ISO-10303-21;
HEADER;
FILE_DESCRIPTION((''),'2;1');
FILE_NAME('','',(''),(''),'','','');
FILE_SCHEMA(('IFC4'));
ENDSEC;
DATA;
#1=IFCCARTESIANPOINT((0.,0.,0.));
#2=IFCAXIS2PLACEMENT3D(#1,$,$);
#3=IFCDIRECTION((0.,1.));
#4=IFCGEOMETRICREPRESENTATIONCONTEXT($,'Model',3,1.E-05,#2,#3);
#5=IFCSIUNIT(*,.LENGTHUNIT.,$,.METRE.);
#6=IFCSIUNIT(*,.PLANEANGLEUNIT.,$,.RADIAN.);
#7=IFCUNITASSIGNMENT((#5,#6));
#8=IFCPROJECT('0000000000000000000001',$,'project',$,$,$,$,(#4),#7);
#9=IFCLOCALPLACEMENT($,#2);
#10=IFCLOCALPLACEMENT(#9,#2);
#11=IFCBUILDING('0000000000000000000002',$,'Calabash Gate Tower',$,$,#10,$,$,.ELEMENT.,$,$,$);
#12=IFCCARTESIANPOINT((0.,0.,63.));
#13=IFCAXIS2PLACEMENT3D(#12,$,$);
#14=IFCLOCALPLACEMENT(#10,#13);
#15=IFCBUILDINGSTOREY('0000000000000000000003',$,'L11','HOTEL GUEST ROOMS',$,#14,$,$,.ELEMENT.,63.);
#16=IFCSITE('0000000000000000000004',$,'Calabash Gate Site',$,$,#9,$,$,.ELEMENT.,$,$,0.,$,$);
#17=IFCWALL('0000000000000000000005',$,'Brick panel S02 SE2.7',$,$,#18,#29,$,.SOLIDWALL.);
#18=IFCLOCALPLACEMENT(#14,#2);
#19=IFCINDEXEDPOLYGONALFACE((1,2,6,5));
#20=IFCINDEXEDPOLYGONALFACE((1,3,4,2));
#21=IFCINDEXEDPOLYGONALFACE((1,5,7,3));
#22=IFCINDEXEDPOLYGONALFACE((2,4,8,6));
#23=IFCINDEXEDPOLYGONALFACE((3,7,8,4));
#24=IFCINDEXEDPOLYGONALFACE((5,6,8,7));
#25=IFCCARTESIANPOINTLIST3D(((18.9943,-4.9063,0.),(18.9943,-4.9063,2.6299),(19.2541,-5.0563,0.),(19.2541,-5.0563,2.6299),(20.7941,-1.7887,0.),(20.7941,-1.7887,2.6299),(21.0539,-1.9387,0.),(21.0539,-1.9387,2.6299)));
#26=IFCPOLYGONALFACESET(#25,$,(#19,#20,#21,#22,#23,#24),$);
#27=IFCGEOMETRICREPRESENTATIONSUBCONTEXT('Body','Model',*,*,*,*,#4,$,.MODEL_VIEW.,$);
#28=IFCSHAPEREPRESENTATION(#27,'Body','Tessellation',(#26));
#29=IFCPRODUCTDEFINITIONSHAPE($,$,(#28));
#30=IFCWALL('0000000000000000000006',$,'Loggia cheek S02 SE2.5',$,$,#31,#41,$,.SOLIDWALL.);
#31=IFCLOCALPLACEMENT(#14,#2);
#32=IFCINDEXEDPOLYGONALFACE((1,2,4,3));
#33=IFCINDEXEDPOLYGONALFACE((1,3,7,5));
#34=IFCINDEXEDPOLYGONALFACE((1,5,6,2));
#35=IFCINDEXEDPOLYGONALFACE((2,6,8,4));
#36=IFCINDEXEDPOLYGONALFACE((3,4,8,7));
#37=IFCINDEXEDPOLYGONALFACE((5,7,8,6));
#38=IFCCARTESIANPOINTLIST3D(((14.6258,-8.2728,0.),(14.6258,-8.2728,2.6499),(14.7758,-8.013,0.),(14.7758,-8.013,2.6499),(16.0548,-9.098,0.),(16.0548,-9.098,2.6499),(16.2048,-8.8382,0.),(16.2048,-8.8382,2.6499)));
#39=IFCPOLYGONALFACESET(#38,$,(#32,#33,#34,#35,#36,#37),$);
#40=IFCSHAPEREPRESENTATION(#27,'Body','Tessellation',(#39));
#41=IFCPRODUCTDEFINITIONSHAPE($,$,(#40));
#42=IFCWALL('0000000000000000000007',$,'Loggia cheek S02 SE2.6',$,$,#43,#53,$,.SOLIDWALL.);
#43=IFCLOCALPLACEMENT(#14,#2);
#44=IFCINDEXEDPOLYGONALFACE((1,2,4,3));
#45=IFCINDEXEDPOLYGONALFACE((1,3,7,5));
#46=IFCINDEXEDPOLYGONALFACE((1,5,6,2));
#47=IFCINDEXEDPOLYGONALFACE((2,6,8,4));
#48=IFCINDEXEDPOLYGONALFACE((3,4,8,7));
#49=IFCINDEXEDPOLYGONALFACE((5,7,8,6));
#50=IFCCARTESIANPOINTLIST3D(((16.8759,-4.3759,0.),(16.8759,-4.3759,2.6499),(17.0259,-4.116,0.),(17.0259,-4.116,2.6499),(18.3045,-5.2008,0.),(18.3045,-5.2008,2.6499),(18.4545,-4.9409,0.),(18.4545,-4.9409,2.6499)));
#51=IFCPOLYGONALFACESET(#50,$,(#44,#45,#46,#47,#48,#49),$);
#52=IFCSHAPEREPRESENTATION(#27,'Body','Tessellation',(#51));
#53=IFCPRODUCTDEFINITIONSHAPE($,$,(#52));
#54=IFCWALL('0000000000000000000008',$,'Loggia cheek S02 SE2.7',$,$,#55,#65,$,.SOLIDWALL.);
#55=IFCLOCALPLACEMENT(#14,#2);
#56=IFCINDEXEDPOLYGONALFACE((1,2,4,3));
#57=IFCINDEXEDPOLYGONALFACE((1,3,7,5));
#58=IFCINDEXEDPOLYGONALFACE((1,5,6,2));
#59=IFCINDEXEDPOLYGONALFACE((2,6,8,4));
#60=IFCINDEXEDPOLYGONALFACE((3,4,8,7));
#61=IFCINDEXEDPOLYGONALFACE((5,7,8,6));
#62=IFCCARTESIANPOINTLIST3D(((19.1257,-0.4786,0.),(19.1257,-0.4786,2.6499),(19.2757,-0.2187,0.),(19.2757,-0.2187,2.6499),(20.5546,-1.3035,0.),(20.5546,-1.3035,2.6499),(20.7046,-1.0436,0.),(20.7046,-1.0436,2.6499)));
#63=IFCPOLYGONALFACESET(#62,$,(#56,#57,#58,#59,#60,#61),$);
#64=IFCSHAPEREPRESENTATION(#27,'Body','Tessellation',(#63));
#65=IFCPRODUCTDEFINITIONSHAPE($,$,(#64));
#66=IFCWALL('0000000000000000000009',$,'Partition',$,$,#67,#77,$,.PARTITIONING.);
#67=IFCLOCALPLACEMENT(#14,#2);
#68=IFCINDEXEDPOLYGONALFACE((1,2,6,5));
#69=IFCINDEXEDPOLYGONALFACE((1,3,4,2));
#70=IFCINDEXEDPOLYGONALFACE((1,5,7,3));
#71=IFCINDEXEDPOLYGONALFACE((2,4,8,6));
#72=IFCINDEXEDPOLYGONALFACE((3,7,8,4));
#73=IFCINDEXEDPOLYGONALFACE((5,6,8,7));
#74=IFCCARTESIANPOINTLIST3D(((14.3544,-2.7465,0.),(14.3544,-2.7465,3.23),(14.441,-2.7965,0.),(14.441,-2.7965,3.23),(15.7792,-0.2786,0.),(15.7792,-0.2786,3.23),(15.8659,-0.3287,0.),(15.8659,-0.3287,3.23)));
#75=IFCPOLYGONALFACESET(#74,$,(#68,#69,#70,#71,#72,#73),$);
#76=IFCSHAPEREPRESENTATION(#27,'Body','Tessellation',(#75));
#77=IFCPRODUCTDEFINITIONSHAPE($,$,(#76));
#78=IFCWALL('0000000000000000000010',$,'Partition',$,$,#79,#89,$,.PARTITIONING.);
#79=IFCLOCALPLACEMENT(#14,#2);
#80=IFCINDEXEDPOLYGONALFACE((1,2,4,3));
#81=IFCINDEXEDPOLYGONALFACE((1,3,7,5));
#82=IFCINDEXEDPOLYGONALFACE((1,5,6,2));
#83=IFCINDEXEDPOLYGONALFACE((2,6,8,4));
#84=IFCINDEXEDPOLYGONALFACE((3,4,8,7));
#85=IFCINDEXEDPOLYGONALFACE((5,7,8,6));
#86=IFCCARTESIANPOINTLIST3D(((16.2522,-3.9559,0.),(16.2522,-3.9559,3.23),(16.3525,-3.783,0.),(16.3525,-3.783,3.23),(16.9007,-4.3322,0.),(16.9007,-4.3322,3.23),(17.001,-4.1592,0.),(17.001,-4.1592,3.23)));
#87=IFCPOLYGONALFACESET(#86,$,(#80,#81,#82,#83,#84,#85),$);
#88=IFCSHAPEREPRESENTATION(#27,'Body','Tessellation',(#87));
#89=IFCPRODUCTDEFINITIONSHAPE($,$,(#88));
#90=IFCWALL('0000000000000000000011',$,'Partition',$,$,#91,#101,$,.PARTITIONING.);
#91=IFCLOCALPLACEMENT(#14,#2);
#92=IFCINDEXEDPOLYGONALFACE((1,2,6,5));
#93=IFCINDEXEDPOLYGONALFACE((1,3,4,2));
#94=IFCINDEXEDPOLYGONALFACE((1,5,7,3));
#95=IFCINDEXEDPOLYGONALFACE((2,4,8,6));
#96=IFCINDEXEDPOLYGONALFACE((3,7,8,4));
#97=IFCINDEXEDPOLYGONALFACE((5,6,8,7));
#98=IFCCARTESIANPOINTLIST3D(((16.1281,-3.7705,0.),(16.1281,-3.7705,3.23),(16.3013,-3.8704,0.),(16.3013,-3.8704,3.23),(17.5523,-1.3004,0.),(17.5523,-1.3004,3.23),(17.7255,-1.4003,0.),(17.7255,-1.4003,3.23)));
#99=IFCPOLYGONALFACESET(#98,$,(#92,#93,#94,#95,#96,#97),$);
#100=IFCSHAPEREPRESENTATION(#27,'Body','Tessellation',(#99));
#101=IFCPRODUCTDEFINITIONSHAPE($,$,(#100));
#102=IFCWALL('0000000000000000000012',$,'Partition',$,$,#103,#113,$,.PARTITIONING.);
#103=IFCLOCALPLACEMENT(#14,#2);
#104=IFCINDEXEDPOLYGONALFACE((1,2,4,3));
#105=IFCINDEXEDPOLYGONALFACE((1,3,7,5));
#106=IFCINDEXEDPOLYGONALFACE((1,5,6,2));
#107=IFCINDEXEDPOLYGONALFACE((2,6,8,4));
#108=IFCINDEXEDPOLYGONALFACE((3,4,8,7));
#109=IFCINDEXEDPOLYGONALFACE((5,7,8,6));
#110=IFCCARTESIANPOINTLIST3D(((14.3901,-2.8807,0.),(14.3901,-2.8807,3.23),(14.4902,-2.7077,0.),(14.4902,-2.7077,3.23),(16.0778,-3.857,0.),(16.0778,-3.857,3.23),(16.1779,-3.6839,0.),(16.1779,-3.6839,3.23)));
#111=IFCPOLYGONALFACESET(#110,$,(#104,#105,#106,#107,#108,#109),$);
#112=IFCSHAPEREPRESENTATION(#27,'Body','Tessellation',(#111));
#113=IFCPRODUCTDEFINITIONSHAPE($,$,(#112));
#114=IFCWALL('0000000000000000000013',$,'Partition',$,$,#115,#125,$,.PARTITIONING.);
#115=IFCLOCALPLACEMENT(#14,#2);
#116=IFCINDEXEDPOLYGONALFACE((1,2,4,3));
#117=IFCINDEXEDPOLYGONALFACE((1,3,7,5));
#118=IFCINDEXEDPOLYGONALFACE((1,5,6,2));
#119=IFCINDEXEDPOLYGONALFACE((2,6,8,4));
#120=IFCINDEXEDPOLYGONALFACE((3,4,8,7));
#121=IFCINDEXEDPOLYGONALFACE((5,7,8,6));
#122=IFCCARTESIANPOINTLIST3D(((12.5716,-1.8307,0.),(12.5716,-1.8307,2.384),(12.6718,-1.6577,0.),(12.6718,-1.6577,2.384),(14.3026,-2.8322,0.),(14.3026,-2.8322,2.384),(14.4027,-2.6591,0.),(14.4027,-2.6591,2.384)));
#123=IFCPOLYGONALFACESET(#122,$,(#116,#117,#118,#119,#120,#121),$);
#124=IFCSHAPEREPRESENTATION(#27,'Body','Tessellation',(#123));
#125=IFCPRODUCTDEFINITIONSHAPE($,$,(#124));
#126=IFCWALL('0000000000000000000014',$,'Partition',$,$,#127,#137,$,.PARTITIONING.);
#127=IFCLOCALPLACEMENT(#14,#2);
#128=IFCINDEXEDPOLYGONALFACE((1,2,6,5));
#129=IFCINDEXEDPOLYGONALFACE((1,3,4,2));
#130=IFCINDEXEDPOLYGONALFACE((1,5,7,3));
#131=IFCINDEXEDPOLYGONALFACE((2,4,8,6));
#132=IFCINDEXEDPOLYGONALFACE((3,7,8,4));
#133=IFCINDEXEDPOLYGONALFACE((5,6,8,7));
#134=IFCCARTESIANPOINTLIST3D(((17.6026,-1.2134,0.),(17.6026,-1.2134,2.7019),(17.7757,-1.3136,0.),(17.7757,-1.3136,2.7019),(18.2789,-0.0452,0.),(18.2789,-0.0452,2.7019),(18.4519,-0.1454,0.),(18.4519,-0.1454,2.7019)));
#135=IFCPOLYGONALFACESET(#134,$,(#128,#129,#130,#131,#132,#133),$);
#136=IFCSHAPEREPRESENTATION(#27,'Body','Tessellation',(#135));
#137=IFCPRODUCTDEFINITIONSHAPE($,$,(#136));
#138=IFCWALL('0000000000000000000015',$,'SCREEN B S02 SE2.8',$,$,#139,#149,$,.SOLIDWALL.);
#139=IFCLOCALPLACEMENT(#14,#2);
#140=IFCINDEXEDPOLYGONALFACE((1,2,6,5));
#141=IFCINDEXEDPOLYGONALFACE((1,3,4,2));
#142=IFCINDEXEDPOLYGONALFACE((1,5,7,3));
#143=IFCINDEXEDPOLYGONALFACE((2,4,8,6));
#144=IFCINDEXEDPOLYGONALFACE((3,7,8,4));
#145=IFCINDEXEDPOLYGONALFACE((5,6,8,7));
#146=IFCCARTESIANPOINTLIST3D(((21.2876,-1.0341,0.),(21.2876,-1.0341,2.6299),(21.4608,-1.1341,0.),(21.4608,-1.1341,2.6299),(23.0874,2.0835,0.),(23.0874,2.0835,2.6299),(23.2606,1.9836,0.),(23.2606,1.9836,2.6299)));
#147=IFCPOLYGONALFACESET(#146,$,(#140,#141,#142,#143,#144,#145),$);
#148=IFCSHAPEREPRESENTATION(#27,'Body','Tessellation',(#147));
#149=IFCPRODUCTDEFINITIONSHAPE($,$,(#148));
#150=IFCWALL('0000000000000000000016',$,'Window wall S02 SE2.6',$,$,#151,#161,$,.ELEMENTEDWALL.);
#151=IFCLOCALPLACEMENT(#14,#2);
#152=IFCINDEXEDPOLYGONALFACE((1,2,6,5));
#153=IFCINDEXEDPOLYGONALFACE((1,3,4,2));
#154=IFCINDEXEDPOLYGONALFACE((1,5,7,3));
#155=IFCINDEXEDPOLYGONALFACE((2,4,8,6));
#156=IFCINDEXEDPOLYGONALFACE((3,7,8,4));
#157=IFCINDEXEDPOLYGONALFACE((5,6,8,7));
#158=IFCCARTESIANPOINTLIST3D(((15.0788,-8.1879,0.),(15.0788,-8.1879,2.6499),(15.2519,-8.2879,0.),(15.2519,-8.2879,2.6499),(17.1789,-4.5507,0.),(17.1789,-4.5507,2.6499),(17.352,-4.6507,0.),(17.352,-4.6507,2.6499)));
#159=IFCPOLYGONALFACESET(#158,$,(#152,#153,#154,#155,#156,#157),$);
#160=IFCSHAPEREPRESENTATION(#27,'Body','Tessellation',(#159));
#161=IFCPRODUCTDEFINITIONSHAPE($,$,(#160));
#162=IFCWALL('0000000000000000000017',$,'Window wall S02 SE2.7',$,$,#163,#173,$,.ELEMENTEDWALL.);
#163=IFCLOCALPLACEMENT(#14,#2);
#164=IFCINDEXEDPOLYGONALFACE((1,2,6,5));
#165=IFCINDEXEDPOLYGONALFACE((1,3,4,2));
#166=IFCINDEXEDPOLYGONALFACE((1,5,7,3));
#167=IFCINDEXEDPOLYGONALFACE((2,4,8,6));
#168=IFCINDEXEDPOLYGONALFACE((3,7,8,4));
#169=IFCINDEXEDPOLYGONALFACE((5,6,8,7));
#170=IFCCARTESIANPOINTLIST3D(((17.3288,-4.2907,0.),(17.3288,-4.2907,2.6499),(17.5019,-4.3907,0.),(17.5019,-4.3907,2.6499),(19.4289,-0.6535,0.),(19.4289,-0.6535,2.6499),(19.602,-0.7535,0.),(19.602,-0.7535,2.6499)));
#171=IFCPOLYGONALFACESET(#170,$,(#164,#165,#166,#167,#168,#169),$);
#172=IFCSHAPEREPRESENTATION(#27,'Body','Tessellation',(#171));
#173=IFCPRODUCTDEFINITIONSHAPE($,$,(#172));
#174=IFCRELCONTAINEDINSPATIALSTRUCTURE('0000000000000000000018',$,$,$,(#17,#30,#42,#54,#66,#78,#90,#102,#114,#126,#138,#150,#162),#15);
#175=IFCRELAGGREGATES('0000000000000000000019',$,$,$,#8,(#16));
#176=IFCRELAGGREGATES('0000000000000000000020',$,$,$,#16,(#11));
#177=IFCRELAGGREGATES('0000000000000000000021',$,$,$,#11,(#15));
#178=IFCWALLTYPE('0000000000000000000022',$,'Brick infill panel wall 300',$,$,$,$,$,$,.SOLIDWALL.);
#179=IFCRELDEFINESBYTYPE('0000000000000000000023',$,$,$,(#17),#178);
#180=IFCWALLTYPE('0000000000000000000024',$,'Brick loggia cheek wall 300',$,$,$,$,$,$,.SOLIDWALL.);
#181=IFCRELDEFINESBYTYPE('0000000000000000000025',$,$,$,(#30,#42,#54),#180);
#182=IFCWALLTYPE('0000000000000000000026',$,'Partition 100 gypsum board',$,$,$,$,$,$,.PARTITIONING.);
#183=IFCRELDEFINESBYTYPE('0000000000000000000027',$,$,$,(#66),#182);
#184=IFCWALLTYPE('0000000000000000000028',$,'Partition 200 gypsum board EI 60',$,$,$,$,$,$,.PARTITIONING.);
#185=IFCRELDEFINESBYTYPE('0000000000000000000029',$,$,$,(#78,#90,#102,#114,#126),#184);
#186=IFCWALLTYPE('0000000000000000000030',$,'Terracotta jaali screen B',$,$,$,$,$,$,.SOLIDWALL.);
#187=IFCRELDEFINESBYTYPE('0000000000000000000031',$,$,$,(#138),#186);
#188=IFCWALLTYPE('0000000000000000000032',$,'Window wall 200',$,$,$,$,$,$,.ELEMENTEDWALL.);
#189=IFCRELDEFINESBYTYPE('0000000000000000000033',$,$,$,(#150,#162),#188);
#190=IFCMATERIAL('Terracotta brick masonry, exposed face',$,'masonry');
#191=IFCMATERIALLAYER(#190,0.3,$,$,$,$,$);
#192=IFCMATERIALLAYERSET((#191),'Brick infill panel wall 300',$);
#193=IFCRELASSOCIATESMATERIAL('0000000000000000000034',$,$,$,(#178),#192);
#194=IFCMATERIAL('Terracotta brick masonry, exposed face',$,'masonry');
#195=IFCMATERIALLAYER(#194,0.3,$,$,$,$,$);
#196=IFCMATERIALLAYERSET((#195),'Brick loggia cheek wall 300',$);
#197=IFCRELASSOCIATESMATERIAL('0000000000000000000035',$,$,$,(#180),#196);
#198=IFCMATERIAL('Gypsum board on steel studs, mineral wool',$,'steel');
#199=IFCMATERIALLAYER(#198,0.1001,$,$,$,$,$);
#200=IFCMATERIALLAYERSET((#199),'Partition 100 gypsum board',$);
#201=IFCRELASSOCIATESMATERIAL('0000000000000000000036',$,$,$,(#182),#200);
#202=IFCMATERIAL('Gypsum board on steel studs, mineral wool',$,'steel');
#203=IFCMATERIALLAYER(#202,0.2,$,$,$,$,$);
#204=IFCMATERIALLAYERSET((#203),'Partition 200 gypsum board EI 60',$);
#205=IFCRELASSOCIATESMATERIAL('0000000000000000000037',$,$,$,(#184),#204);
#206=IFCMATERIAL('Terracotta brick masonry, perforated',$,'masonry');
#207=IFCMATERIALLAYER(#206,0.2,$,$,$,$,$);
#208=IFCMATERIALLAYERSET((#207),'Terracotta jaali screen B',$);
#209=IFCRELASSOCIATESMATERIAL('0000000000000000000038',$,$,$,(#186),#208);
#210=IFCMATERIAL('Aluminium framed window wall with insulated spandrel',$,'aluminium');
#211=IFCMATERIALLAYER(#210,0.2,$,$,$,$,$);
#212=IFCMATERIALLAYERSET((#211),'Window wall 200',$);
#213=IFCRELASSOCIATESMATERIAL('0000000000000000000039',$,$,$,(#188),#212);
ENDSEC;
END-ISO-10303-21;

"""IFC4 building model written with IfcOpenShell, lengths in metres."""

from ifc_helpers import new_model, si_unit, direction, frame, frame_2d, origin, place, context, subcontext, project, spatial, rectangle, extrude, material, layer, layer_set, type_object, element, save


model = new_model("IFC4")

# Units and contexts
model_context = context("Model", 3, precision=1e-05, world=origin(), true_north=direction((0.0, 1.0)))
body_context = subcontext(model_context, "Body", "Model", "MODEL_VIEW")
ifc_project = project(units=[si_unit("LENGTHUNIT", "METRE"), si_unit("PLANEANGLEUNIT", "RADIAN")], contexts=[model_context])

# Site, building, storey
site_placement = place(None, origin())
site = spatial("IfcSite", under=ifc_project, at=site_placement, Name="Calabash Gate Site", CompositionType="ELEMENT", RefElevation=0.0)
building_placement = place(site_placement, origin())
building = spatial("IfcBuilding", under=site, at=building_placement, Name="Calabash Gate Tower", CompositionType="ELEMENT")
storey_placement = place(building_placement, frame((0.0, 0.0, 63.0)))
storey = spatial("IfcBuildingStorey", under=building, at=storey_placement, Name="L11", Description="HOTEL GUEST ROOMS", CompositionType="ELEMENT", Elevation=63.0)

# Walls
ifc_material_1 = material(Name="Terracotta brick masonry, exposed face", Category="masonry")
ifc_layer_1 = layer(ifc_material_1, 0.3)
ifc_layer_set_1 = layer_set([ifc_layer_1], Name="Brick infill panel wall 300")
wall_type_1 = type_object("IfcWallType", Name="Brick infill panel wall 300", PredefinedType="SOLIDWALL", material=ifc_layer_set_1)
for number, where, z_axis, x_axis, name in (
    (1, (19.1243, -4.9812, 0.0), (0.0, 0.0, 1.0), (0.499961, 0.866048, 0.0), "Brick panel S02 SE2.7"),
):
    element("IfcWall", number, at=place(storey_placement, frame(where, z_axis=z_axis, x_axis=x_axis)), inside=storey, type_object=wall_type_1, Name=name, PredefinedType="SOLIDWALL", context=body_context, shape_type="SweptSolid", body=[
        extrude(rectangle(XDim=3.5999, YDim=0.3, at=frame_2d((1.7998, 0.0))), origin(), (0.0, 0.0, 1.0), 2.6299),
    ])
ifc_material_2 = material(Name="Terracotta brick masonry, exposed face", Category="masonry")
ifc_layer_2 = layer(ifc_material_2, 0.3)
ifc_layer_set_2 = layer_set([ifc_layer_2], Name="Brick loggia cheek wall 300")
wall_type_2 = type_object("IfcWallType", Name="Brick loggia cheek wall 300", PredefinedType="SOLIDWALL", material=ifc_layer_set_2)
wall_1_placement = place(storey_placement, frame((14.7007, -8.1428, 0.0), z_axis=(0.0, 0.0, 1.0), x_axis=(0.865976, -0.500085, 0.0)))
element("IfcWall", 2, at=wall_1_placement, inside=storey, type_object=wall_type_2, Name="Loggia cheek S02 SE2.5", PredefinedType="SOLIDWALL", context=body_context, shape_type="SweptSolid", body=[
    extrude(rectangle(XDim=1.6501, YDim=0.3, at=frame_2d((0.8252, 0.0))), origin(), (0.0, 0.0, 1.0), 2.6499),
])
wall_2_placement = place(storey_placement, frame((18.3794, -5.0708, 0.0), z_axis=(0.0, 0.0, 1.0), x_axis=(-0.866003, 0.500038, 0.0)))
element("IfcWall", 3, at=wall_2_placement, inside=storey, type_object=wall_type_2, Name="Loggia cheek S02 SE2.6", PredefinedType="SOLIDWALL", context=body_context, shape_type="SweptSolid", body=[
    extrude(rectangle(XDim=1.6497, YDim=0.3, at=frame_2d((0.8247, 0.0))), origin(), (0.0, 0.0, 1.0), 2.6499),
])
wall_3_placement = place(storey_placement, frame((19.2007, -0.3486, 0.0), z_axis=(0.0, 0.0, 1.0), x_axis=(0.86604, -0.499974, 0.0)))
element("IfcWall", 4, at=wall_3_placement, inside=storey, type_object=wall_type_2, Name="Loggia cheek S02 SE2.7", PredefinedType="SOLIDWALL", context=body_context, shape_type="SweptSolid", body=[
    extrude(rectangle(XDim=1.6499, YDim=0.3, at=frame_2d((0.825, 0.0))), origin(), (0.0, 0.0, 1.0), 2.6499),
])
ifc_material_3 = material(Name="Gypsum board on steel studs, mineral wool", Category="steel")
ifc_layer_3 = layer(ifc_material_3, 0.1001)
ifc_layer_set_3 = layer_set([ifc_layer_3], Name="Partition 100 gypsum board")
wall_type_3 = type_object("IfcWallType", Name="Partition 100 gypsum board", PredefinedType="PARTITIONING", material=ifc_layer_set_3)
wall_4_placement = place(storey_placement, frame((14.3977, -2.7715, 0.0), z_axis=(0.0, 0.0, 1.0), x_axis=(0.500009, 0.86602, 0.0)))
element("IfcWall", 5, at=wall_4_placement, inside=storey, type_object=wall_type_3, Name="Partition", PredefinedType="PARTITIONING", context=body_context, shape_type="SweptSolid", body=[
    extrude(rectangle(XDim=2.8496, YDim=0.1001, at=frame_2d((1.4248, 0.0))), origin(), (0.0, 0.0, 1.0), 3.23),
])
ifc_material_4 = material(Name="Gypsum board on steel studs, mineral wool", Category="steel")
ifc_layer_4 = layer(ifc_material_4, 0.2)
ifc_layer_set_4 = layer_set([ifc_layer_4], Name="Partition 200 gypsum board EI 60")
wall_type_4 = type_object("IfcWallType", Name="Partition 200 gypsum board EI 60", PredefinedType="PARTITIONING", material=ifc_layer_set_4)
wall_5_placement = place(storey_placement, frame((16.3022, -3.8694, 0.0), z_axis=(0.0, 0.0, 1.0), x_axis=(0.864958, -0.501845, 0.0)))
element("IfcWall", 6, at=wall_5_placement, inside=storey, type_object=wall_type_4, Name="Partition", PredefinedType="PARTITIONING", context=body_context, shape_type="SweptSolid", body=[
    extrude(rectangle(XDim=0.7498, YDim=0.2, at=frame_2d((0.375, 0.0))), origin(), (0.0, 0.0, 1.0), 3.23),
])
wall_6_placement = place(storey_placement, frame((16.2146, -3.8206, 0.0), z_axis=(0.0, 0.0, 1.0), x_axis=(0.49951, 0.866308, 0.0)))
element("IfcWall", 7, at=wall_6_placement, inside=storey, type_object=wall_type_4, Name="Partition", PredefinedType="PARTITIONING", context=body_context, shape_type="SweptSolid", body=[
    extrude(rectangle(XDim=2.8513, YDim=0.2, at=frame_2d((1.4258, 0.0))), origin(), (0.0, 0.0, 1.0), 3.23),
])
wall_7_placement = place(storey_placement, frame((14.4402, -2.7942, 0.0), z_axis=(0.0, 0.0, 1.0), x_axis=(0.865603, -0.50073, 0.0)))
element("IfcWall", 8, at=wall_7_placement, inside=storey, type_object=wall_type_4, Name="Partition", PredefinedType="PARTITIONING", context=body_context, shape_type="SweptSolid", body=[
    extrude(rectangle(XDim=1.9497, YDim=0.2, at=frame_2d((0.9749, 0.0))), origin(), (0.0, 0.0, 1.0), 3.23),
])
wall_8_placement = place(storey_placement, frame((12.6216, -1.7441, 0.0), z_axis=(0.0, 0.0, 1.0), x_axis=(0.865571, -0.500786, 0.0)))
element("IfcWall", 9, at=wall_8_placement, inside=storey, type_object=wall_type_4, Name="Partition", PredefinedType="PARTITIONING", context=body_context, shape_type="SweptSolid", body=[
    extrude(rectangle(XDim=1.9998, YDim=0.2, at=frame_2d((1.0, 0.0))), origin(), (0.0, 0.0, 1.0), 2.384),
])
wall_9_placement = place(storey_placement, frame((17.6892, -1.2634, 0.0), z_axis=(0.0, 0.0, 1.0), x_axis=(0.501001, 0.865447, 0.0)))
element("IfcWall", 10, at=wall_9_placement, inside=storey, type_object=wall_type_4, Name="Partition", PredefinedType="PARTITIONING", context=body_context, shape_type="SweptSolid", body=[
    extrude(rectangle(XDim=1.3499, YDim=0.2, at=frame_2d((0.6748, 0.0))), origin(), (0.0, 0.0, 1.0), 2.7019),
])
ifc_material_5 = material(Name="Terracotta brick masonry, perforated", Category="masonry")
ifc_layer_5 = layer(ifc_material_5, 0.2)
ifc_layer_set_5 = layer_set([ifc_layer_5], Name="Terracotta jaali screen B")
wall_type_5 = type_object("IfcWallType", Name="Terracotta jaali screen B", PredefinedType="SOLIDWALL", material=ifc_layer_set_5)
wall_10_placement = place(storey_placement, frame((21.3743, -1.084, 0.0), z_axis=(0.0, 0.0, 1.0), x_axis=(0.499961, 0.866048, 0.0)))
element("IfcWall", 11, at=wall_10_placement, inside=storey, type_object=wall_type_5, Name="SCREEN B S02 SE2.8", PredefinedType="SOLIDWALL", context=body_context, shape_type="SweptSolid", body=[
    extrude(rectangle(XDim=3.5999, YDim=0.2, at=frame_2d((1.7998, 0.0))), origin(), (0.0, 0.0, 1.0), 2.6299),
])
ifc_material_6 = material(Name="Aluminium framed window wall with insulated spandrel", Category="aluminium")
ifc_layer_6 = layer(ifc_material_6, 0.2)
ifc_layer_set_6 = layer_set([ifc_layer_6], Name="Window wall 200")
wall_type_6 = type_object("IfcWallType", Name="Window wall 200", PredefinedType="ELEMENTEDWALL", material=ifc_layer_set_6)
for number, where, z_axis, x_axis, name in (
    (12, (15.1653, -8.238, 0.0), (0.0, 0.0, 1.0), (0.500028, 0.866009, 0.0), "Window wall S02 SE2.6"),
    (13, (17.4153, -4.3408, 0.0), (0.0, 0.0, 1.0), (0.500028, 0.866009, 0.0), "Window wall S02 SE2.7"),
):
    element("IfcWall", number, at=place(storey_placement, frame(where, z_axis=z_axis, x_axis=x_axis)), inside=storey, type_object=wall_type_6, Name=name, PredefinedType="ELEMENTEDWALL", context=body_context, shape_type="SweptSolid", body=[
        extrude(rectangle(XDim=4.2, YDim=0.2, at=frame_2d((2.1001, 0.0))), origin(), (0.0, 0.0, 1.0), 2.6499),
    ])

save(model, "model.ifc")
